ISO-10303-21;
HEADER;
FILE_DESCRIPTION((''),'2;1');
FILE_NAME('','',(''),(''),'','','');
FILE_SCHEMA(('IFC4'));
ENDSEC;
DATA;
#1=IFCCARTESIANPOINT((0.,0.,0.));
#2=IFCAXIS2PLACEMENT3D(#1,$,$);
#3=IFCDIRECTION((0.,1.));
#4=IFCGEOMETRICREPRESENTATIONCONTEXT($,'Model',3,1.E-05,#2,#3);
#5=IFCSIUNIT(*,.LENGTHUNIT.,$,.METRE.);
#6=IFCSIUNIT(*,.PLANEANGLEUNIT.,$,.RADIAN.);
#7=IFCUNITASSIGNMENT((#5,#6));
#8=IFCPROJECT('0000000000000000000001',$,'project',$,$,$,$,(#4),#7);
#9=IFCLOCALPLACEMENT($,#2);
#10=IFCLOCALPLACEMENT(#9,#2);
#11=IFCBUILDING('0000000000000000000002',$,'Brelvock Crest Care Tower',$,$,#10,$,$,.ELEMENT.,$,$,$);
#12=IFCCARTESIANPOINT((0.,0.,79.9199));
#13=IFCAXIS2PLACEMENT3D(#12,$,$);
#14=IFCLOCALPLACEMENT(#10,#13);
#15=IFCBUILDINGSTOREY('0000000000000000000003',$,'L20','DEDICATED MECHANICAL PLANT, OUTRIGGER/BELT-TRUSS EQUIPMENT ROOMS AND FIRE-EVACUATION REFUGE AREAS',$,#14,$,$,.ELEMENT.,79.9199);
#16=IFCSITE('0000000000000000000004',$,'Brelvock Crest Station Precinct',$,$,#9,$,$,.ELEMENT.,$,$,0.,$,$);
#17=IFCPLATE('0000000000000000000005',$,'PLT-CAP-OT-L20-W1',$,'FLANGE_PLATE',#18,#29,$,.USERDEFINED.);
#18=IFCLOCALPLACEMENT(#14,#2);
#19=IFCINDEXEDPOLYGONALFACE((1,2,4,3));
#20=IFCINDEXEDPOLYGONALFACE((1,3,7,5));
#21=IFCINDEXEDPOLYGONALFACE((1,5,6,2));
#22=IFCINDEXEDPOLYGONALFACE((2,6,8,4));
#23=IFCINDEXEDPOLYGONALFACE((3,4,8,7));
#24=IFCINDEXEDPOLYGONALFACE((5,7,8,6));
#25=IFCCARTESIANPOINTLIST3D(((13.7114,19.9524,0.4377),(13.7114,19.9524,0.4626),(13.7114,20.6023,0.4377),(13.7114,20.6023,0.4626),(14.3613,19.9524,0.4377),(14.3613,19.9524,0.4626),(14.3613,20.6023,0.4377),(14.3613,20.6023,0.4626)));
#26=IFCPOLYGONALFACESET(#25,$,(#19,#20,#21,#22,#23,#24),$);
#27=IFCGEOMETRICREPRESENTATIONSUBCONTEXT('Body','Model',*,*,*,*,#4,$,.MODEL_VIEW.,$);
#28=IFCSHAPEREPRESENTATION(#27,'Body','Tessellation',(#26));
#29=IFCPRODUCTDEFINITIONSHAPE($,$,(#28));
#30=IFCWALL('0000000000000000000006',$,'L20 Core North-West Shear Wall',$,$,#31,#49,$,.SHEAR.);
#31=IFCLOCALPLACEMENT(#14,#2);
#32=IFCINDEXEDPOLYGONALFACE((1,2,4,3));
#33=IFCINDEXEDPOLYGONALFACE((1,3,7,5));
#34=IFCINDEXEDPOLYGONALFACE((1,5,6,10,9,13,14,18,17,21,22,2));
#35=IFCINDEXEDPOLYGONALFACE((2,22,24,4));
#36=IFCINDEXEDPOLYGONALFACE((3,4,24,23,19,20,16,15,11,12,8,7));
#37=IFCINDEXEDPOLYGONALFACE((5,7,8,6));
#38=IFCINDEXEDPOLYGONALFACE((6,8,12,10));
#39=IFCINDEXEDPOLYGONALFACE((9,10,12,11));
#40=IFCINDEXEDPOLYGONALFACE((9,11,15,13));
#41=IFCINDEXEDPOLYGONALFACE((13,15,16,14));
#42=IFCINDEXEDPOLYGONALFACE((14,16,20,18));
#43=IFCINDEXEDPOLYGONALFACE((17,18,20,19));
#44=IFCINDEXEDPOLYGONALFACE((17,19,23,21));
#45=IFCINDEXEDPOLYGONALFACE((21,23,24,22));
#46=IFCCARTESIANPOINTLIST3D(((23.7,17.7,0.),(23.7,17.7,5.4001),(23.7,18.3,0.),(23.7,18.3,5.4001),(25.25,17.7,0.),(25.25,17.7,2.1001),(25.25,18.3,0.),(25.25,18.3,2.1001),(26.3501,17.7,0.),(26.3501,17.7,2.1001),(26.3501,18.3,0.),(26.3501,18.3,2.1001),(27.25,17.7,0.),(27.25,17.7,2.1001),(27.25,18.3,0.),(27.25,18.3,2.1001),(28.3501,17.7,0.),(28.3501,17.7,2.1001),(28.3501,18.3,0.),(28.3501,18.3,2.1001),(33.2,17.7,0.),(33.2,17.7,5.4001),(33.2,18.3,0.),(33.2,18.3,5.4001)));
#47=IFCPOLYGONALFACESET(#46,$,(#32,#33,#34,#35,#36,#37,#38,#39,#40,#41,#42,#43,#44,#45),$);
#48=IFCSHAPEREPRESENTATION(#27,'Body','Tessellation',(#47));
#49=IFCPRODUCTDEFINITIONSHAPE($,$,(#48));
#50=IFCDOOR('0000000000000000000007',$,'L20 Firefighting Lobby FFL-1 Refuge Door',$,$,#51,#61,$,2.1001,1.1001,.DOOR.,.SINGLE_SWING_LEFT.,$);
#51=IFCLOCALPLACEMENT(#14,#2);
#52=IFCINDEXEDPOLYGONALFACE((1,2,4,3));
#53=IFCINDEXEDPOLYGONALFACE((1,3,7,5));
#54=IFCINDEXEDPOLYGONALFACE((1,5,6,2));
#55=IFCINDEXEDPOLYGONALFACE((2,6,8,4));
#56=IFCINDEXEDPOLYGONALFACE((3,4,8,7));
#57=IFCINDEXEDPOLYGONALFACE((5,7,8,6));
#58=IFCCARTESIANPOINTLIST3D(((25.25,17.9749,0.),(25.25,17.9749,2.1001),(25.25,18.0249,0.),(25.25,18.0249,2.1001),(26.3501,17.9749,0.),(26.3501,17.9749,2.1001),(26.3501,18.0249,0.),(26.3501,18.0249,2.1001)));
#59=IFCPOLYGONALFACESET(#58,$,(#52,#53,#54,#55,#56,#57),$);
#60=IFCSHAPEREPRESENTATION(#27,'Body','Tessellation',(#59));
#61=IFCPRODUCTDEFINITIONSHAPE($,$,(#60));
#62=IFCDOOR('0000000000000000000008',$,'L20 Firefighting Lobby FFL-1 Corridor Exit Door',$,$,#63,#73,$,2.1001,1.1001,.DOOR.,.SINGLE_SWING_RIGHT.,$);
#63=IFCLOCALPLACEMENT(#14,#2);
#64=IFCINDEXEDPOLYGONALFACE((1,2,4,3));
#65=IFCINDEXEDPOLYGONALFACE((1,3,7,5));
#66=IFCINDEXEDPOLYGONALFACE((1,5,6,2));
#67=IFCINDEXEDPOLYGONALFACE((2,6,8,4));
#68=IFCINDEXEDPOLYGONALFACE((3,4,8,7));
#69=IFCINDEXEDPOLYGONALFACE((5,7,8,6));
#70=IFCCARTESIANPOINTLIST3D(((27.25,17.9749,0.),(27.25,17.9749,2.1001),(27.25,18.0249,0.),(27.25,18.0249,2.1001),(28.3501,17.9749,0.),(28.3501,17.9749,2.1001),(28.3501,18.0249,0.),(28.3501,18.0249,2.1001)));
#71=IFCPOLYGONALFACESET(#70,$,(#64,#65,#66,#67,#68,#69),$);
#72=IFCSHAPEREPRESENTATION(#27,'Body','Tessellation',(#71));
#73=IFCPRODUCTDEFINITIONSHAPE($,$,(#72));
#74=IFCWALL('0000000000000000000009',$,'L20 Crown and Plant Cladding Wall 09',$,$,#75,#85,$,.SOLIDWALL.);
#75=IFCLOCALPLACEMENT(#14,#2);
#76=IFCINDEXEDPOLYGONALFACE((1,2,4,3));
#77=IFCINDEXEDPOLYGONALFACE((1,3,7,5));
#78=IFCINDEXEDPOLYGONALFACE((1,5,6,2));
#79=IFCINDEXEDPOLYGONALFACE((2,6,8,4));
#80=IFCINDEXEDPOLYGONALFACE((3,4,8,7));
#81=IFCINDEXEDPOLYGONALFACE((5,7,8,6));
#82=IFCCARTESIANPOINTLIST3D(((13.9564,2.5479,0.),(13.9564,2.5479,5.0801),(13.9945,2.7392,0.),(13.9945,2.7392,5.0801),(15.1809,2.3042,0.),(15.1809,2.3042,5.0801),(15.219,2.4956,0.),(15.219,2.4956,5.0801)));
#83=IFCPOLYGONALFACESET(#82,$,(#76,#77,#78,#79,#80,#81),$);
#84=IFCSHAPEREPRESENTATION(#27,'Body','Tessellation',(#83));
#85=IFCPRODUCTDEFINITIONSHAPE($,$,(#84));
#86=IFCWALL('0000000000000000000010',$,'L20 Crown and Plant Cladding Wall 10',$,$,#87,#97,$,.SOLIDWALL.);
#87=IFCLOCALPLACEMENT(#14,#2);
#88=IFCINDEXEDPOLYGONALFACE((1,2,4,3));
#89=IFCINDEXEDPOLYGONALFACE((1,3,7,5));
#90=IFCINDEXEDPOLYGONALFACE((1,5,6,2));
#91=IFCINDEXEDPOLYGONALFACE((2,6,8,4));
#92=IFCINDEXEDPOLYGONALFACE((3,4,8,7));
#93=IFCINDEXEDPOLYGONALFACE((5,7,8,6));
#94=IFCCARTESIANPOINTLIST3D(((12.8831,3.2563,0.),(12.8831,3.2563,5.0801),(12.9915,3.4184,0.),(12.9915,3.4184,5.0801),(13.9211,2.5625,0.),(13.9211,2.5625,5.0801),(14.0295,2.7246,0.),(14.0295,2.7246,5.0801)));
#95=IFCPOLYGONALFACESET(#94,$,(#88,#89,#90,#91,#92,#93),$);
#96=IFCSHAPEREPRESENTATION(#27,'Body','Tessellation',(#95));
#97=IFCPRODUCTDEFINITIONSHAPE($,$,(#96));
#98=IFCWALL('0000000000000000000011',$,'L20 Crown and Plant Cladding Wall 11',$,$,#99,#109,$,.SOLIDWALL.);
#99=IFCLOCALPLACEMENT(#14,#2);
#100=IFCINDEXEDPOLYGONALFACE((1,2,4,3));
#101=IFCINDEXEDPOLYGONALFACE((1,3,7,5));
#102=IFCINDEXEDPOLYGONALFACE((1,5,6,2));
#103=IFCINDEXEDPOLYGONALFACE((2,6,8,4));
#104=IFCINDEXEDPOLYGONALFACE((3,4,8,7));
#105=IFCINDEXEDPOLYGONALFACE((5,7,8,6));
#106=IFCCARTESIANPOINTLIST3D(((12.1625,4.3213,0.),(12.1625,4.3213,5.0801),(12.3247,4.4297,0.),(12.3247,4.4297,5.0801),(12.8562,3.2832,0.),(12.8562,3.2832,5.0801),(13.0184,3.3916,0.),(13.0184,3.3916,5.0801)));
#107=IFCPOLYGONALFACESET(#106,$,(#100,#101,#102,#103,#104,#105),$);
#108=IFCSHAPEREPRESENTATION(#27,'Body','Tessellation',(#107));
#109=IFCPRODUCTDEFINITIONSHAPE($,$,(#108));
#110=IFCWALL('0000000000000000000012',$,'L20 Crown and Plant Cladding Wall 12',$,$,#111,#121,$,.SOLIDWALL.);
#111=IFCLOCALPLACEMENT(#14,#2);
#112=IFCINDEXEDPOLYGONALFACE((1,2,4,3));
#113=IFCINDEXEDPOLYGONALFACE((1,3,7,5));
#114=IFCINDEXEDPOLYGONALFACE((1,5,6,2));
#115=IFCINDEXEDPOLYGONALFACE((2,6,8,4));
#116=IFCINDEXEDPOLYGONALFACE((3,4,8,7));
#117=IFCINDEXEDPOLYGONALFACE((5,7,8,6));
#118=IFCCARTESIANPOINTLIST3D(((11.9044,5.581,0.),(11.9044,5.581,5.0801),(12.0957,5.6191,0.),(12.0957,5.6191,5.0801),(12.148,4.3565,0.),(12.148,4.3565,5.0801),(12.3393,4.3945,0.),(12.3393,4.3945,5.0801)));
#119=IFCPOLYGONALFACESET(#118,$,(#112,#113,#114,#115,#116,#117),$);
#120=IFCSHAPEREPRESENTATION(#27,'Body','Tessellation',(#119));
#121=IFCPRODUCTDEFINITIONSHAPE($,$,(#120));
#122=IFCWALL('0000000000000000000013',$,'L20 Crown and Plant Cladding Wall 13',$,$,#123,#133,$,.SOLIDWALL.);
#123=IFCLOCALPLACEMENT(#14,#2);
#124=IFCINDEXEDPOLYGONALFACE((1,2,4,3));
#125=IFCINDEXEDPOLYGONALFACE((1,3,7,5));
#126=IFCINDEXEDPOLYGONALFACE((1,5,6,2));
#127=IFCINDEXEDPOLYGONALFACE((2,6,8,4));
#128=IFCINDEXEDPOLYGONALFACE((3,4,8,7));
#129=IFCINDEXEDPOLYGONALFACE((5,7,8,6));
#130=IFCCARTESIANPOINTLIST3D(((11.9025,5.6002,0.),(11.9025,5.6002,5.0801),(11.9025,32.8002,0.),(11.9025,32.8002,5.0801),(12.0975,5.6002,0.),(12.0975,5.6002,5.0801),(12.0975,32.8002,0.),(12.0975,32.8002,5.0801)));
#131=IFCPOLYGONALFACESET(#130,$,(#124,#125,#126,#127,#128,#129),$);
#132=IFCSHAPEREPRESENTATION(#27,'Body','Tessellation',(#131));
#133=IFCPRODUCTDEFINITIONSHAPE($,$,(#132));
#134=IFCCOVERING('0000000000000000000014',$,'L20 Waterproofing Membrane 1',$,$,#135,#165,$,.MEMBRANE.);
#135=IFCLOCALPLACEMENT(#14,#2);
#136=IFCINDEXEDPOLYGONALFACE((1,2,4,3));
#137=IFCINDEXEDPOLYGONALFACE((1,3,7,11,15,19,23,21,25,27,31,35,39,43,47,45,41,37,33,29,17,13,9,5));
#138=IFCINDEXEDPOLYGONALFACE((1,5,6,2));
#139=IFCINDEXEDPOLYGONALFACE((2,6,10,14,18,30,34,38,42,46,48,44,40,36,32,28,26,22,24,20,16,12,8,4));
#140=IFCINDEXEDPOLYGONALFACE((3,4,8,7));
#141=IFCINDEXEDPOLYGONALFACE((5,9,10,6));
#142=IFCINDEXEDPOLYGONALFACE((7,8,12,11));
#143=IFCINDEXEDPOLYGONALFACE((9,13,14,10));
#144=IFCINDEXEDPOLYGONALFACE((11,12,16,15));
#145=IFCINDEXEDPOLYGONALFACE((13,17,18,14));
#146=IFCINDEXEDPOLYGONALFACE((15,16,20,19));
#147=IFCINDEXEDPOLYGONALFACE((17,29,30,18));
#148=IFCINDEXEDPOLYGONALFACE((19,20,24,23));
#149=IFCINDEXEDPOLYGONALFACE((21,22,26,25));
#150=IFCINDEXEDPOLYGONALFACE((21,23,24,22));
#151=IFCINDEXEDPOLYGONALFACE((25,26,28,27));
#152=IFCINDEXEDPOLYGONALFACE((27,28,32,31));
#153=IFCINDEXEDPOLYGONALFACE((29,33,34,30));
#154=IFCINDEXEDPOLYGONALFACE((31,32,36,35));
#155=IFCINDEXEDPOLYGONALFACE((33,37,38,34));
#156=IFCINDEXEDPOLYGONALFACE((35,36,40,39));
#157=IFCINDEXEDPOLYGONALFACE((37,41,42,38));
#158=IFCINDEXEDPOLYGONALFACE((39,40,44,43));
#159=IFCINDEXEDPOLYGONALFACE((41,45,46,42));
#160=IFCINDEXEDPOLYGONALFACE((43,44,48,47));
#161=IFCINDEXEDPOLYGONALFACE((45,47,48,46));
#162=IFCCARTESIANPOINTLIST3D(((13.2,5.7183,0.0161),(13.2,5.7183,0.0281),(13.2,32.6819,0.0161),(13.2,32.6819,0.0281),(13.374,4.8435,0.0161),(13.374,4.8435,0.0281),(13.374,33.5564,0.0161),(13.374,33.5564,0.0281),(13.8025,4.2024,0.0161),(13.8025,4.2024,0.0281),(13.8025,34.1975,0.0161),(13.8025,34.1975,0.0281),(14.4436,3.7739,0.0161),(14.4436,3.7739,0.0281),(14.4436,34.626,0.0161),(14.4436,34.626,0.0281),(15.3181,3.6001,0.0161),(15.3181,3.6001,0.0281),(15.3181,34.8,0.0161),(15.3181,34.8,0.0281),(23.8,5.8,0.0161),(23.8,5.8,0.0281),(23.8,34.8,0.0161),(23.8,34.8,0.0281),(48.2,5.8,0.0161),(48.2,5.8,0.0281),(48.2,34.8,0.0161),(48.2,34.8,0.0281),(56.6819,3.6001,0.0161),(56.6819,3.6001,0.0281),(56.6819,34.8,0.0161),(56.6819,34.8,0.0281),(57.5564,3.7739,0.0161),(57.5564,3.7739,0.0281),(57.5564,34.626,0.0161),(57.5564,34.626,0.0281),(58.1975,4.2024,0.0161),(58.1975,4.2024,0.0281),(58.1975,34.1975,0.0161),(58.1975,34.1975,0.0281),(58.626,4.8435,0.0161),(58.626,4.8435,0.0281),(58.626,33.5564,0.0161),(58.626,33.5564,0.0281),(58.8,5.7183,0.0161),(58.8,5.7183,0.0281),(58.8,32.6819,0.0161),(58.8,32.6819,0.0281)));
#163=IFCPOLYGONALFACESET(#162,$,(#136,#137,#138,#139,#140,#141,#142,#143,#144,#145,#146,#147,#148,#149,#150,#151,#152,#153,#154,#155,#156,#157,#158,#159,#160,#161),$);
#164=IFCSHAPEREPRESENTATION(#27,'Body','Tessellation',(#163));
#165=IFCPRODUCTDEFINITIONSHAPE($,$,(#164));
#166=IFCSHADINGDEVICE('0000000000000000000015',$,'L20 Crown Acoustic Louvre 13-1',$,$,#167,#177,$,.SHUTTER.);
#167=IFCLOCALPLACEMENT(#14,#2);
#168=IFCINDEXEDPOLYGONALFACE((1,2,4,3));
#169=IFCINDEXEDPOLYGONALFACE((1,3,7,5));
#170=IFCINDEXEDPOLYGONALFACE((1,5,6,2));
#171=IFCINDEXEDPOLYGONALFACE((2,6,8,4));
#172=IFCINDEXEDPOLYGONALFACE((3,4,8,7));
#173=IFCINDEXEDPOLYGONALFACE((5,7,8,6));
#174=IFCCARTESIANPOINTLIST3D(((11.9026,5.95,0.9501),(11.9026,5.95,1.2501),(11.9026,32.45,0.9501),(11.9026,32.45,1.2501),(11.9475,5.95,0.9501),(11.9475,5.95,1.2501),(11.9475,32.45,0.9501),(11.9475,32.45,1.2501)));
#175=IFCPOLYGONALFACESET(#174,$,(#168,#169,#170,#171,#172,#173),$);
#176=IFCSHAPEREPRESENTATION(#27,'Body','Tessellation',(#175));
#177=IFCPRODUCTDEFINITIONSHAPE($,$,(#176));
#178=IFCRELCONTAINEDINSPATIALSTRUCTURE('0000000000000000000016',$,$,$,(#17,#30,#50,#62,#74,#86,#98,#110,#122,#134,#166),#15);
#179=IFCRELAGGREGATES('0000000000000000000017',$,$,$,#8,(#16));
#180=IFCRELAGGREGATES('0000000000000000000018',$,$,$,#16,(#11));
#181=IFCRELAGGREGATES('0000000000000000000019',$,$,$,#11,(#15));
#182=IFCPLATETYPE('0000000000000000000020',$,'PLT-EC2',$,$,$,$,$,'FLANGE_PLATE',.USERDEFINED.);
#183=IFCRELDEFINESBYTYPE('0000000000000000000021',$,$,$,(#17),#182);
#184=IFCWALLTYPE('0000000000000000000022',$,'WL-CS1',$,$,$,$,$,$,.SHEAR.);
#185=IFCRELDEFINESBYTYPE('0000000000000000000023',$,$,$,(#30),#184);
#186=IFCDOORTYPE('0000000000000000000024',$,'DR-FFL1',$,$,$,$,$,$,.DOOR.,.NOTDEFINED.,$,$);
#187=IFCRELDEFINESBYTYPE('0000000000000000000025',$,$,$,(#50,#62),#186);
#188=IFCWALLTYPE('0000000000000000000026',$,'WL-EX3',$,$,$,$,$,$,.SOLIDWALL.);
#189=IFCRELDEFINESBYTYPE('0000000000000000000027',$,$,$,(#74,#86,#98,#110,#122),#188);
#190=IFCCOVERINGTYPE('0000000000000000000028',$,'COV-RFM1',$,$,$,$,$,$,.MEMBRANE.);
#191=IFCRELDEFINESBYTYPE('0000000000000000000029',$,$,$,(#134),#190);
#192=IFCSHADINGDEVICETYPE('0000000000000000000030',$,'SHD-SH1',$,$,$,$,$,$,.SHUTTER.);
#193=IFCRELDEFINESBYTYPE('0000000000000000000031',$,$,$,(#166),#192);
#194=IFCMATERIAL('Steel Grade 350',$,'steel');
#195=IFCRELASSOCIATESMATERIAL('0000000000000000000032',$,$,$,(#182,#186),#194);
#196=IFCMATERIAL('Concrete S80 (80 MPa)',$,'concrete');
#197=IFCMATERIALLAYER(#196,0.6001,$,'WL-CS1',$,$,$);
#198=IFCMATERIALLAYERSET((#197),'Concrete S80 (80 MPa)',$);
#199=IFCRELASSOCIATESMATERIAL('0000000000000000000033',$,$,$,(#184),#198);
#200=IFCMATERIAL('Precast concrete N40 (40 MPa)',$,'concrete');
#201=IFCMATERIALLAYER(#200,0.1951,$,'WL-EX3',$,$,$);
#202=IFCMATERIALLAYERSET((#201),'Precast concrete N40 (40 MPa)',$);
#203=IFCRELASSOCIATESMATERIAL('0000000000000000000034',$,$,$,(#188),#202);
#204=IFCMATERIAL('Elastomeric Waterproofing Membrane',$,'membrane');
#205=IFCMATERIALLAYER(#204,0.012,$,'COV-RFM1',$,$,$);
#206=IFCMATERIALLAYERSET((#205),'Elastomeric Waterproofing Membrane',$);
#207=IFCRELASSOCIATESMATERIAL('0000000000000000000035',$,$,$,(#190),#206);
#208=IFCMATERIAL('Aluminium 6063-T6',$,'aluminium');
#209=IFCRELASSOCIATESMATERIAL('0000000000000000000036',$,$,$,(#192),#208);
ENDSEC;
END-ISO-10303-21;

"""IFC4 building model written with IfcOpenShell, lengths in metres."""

from ifc_helpers import new_model, si_unit, direction, frame, frame_2d, origin, origin_2d, place, context, subcontext, project, spatial, polyline, rectangle, outline, extrude, source, transform, mapped, material, layer, layer_set, material_profile, profile_set, type_object, element, fill, save


model = new_model("IFC4")

# Units and contexts
model_context = context("Model", 3, precision=1e-05, world=origin(), true_north=direction((0.0, 1.0)))
body_context = subcontext(model_context, "Body", "Model", "MODEL_VIEW")
ifc_project = project(units=[si_unit("LENGTHUNIT", "METRE"), si_unit("PLANEANGLEUNIT", "RADIAN")], contexts=[model_context])

# Site, building, storey
site_placement = place(None, origin())
site = spatial("IfcSite", under=ifc_project, at=site_placement, Name="Brelvock Crest Station Precinct", CompositionType="ELEMENT", RefElevation=0.0)
building_placement = place(site_placement, origin())
building = spatial("IfcBuilding", under=site, at=building_placement, Name="Brelvock Crest Care Tower", CompositionType="ELEMENT")
storey_placement = place(building_placement, frame((0.0, 0.0, 79.9199)))
storey = spatial("IfcBuildingStorey", under=building, at=storey_placement, Name="L20", Description="DEDICATED MECHANICAL PLANT, OUTRIGGER/BELT-TRUSS EQUIPMENT ROOMS AND FIRE-EVACUATION REFUGE AREAS", CompositionType="ELEMENT", Elevation=79.9199)

# Shared definitions
ifc_material_1 = material(Name="Steel Grade 350", Category="steel")

# Plate
plate_type_1 = type_object("IfcPlateType", Name="PLT-EC2", ElementType="FLANGE_PLATE", PredefinedType="USERDEFINED", material=ifc_material_1)
shared_shape_1 = source(origin(), body_context, "Body", "SweptSolid", [
    extrude(rectangle(XDim=0.6499, YDim=0.6499, at=origin_2d()), origin(), (0.0, 0.0, 1.0), 0.0249),
])
plate_1_placement = place(storey_placement, frame((14.0364, 20.2773, 0.4377), z_axis=(0.0, 0.0, 1.0), x_axis=(1.0, 0.0, 0.0)))
element("IfcPlate", 1, at=plate_1_placement, inside=storey, type_object=plate_type_1, Name="PLT-CAP-OT-L20-W1", ObjectType="FLANGE_PLATE", PredefinedType="USERDEFINED", context=body_context, shape_type="MappedRepresentation", body=[
    mapped(shared_shape_1, transform((0.0, 0.0, 0.0), x_axis=(1.0, 0.0, 0.0), y_axis=(0.0, 1.0, 0.0), z_axis=(0.0, 0.0, 1.0), scale=1.0)),
])

# Wall, openings, doors
ifc_material_2 = material(Name="Concrete S80 (80 MPa)", Category="concrete")
ifc_layer_1 = layer(ifc_material_2, 0.6001, Name="WL-CS1")
ifc_layer_set_1 = layer_set([ifc_layer_1], Name="Concrete S80 (80 MPa)")
wall_type_1 = type_object("IfcWallType", Name="WL-CS1", PredefinedType="SHEAR", material=ifc_layer_set_1)
wall_1_placement = place(storey_placement, frame((23.7, 18.0, 0.0), z_axis=(0.0, 0.0, 1.0), x_axis=(1.0, 0.0, 0.0)))
wall_1 = element("IfcWall", 2, at=wall_1_placement, inside=storey, type_object=wall_type_1, Name="L20 Core North-West Shear Wall", PredefinedType="SHEAR", context=body_context, shape_type="SweptSolid", body=[
    extrude(rectangle(XDim=9.5, YDim=0.6001, at=frame_2d((4.75, 0.0))), origin(), (0.0, 0.0, 1.0), 5.4001),
])
opening_1_placement = place(wall_1_placement, frame((1.55, 0.0, 0.0)))
opening_1 = element("IfcOpeningElement", 3, at=opening_1_placement, cuts=wall_1, PredefinedType="OPENING", context=body_context, shape_type="SweptSolid", body=[
    extrude(rectangle(XDim=1.1001, YDim=2.1001, at=origin_2d()), frame((0.55, 0.3101, 1.05), z_axis=(0.0, -1.0, 0.0), x_axis=(1.0, 0.0, 0.0)), (0.0, 0.0, 1.0), 0.6201),
])
opening_2_placement = place(wall_1_placement, frame((3.55, 0.0, 0.0)))
opening_2 = element("IfcOpeningElement", 4, at=opening_2_placement, cuts=wall_1, PredefinedType="OPENING", context=body_context, shape_type="SweptSolid", body=[
    extrude(rectangle(XDim=1.1001, YDim=2.1001, at=origin_2d()), frame((0.55, 0.3101, 1.05), z_axis=(0.0, -1.0, 0.0), x_axis=(1.0, 0.0, 0.0)), (0.0, 0.0, 1.0), 0.6201),
])
door_type = type_object("IfcDoorType", Name="DR-FFL1", OperationType="NOTDEFINED", PredefinedType="DOOR", material=ifc_material_1)
shared_shape_2 = source(origin(), body_context, "Body", "SweptSolid", [
    extrude(rectangle(XDim=1.1001, YDim=2.1001, at=origin_2d()), frame((0.55, 0.0249, 1.05), z_axis=(0.0, -1.0, 0.0), x_axis=(1.0, 0.0, 0.0)), (0.0, 0.0, 1.0), 0.05),
])
door_1_placement = place(opening_1_placement, origin())
door_1 = element("IfcDoor", 5, at=door_1_placement, inside=storey, type_object=door_type, Name="L20 Firefighting Lobby FFL-1 Refuge Door", OperationType="SINGLE_SWING_LEFT", OverallHeight=2.1001, OverallWidth=1.1001, PredefinedType="DOOR", context=body_context, shape_type="MappedRepresentation", body=[
    mapped(shared_shape_2, transform((0.0, 0.0, 0.0), x_axis=(1.0, 0.0, 0.0), y_axis=(0.0, 1.0, 0.0), z_axis=(0.0, 0.0, 1.0), scale=1.0)),
])
fill(opening_1, door_1)
door_2_placement = place(opening_2_placement, origin())
door_2 = element("IfcDoor", 6, at=door_2_placement, inside=storey, type_object=door_type, Name="L20 Firefighting Lobby FFL-1 Corridor Exit Door", OperationType="SINGLE_SWING_RIGHT", OverallHeight=2.1001, OverallWidth=1.1001, PredefinedType="DOOR", context=body_context, shape_type="MappedRepresentation", body=[
    mapped(shared_shape_2, transform((0.0, 0.0, 0.0), x_axis=(1.0, 0.0, 0.0), y_axis=(0.0, 1.0, 0.0), z_axis=(0.0, 0.0, 1.0), scale=1.0)),
])
fill(opening_2, door_2)

# Walls
ifc_material_3 = material(Name="Precast concrete N40 (40 MPa)", Category="concrete")
ifc_layer_2 = layer(ifc_material_3, 0.1951, Name="WL-EX3")
ifc_layer_set_2 = layer_set([ifc_layer_2], Name="Precast concrete N40 (40 MPa)")
wall_type_2 = type_object("IfcWallType", Name="WL-EX3", PredefinedType="SOLIDWALL", material=ifc_layer_set_2)
for number, where, z_axis, x_axis, name in (
    (7, (15.2, 2.3999, 0.0), (0.0, 0.0, 1.0), (-0.980776, 0.195138, 0.0), "L20 Crown and Plant Cladding Wall 09"),
    (8, (13.9753, 2.6436, 0.0), (0.0, 0.0, 1.0), (-0.831388, 0.555692, 0.0), "L20 Crown and Plant Cladding Wall 10"),
    (9, (12.9373, 3.3374, 0.0), (0.0, 0.0, 1.0), (-0.555557, 0.831478, 0.0), "L20 Crown and Plant Cladding Wall 11"),
    (10, (12.2437, 4.3755, 0.0), (0.0, 0.0, 1.0), (-0.195138, 0.980776, 0.0), "L20 Crown and Plant Cladding Wall 12"),
):
    element("IfcWall", number, at=place(storey_placement, frame(where, z_axis=z_axis, x_axis=x_axis)), inside=storey, type_object=wall_type_2, Name=name, PredefinedType="SOLIDWALL", context=body_context, shape_type="SweptSolid", body=[
        extrude(rectangle(XDim=1.2485, YDim=0.1951, at=frame_2d((0.6243, 0.0))), origin(), (0.0, 0.0, 1.0), 5.0801),
    ])
wall_2_placement = place(storey_placement, frame((12.0, 5.6001, 0.0), z_axis=(0.0, 0.0, 1.0), x_axis=(0.0, 1.0, 0.0)))
element("IfcWall", 11, at=wall_2_placement, inside=storey, type_object=wall_type_2, Name="L20 Crown and Plant Cladding Wall 13", PredefinedType="SOLIDWALL", context=body_context, shape_type="SweptSolid", body=[
    extrude(rectangle(XDim=27.2, YDim=0.1951, at=frame_2d((13.6001, 0.0))), origin(), (0.0, 0.0, 1.0), 5.0801),
])

# Covering
ifc_material_4 = material(Name="Elastomeric Waterproofing Membrane", Category="membrane")
ifc_layer_3 = layer(ifc_material_4, 0.012, Name="COV-RFM1")
ifc_layer_set_3 = layer_set([ifc_layer_3], Name="Elastomeric Waterproofing Membrane")
covering_type = type_object("IfcCoveringType", Name="COV-RFM1", PredefinedType="MEMBRANE", material=ifc_layer_set_3)
covering_placement = place(storey_placement, frame((0.0, 0.0, 0.0161)))
element("IfcCovering", 12, at=covering_placement, inside=storey, type_object=covering_type, Name="L20 Waterproofing Membrane 1", PredefinedType="MEMBRANE", context=body_context, shape_type="SweptSolid", body=[
    extrude(outline(polyline([(56.6819, 34.8), (48.2, 34.8), (48.2, 5.8), (23.8, 5.8), (23.8, 34.8), (15.3181, 34.8), (14.4436, 34.626), (13.8025, 34.1975), (13.374, 33.5564), (13.2, 32.6819), (13.2, 5.7183), (13.374, 4.8435), (13.8025, 4.2024), (14.4436, 3.7739), (15.3181, 3.6001), (56.6819, 3.6001), (57.5564, 3.7739), (58.1975, 4.2024), (58.626, 4.8435), (58.8, 5.7183), (58.8, 32.6819), (58.626, 33.5564), (58.1975, 34.1975), (57.5564, 34.626), (56.6819, 34.8)])), origin(), (0.0, 0.0, 1.0), 0.012),
])

# Shading device
ifc_material_5 = material(Name="Aluminium 6063-T6", Category="aluminium")
ifc_material_profile_1 = material_profile(ifc_material_5, rectangle(XDim=0.0449, YDim=0.3, at=origin_2d()), Name="LOUVRE45x300")
ifc_profile_set_1 = profile_set([ifc_material_profile_1], Name="Aluminium 6063-T6")
shading_device_type = type_object("IfcShadingDeviceType", Name="SHD-SH1", PredefinedType="SHUTTER", material=ifc_profile_set_1)
shared_shape_3 = source(origin(), body_context, "Body", "SweptSolid", [
    extrude(rectangle(XDim=0.0449, YDim=0.3, at=origin_2d()), origin(), (0.0, 0.0, 1.0), 26.5),
])
for number, where, z_axis, x_axis, name in (
    (13, (11.925, 5.95, 1.1001), (0.0, 1.0, 0.0), (-1.0, 0.0, 0.0), "L20 Crown Acoustic Louvre 13-1"),
):
    element("IfcShadingDevice", number, at=place(storey_placement, frame(where, z_axis=z_axis, x_axis=x_axis)), inside=storey, type_object=shading_device_type, Name=name, PredefinedType="SHUTTER", context=body_context, shape_type="MappedRepresentation", body=[
        mapped(shared_shape_3, transform((0.0, 0.0, 0.0), x_axis=(1.0, 0.0, 0.0), y_axis=(0.0, 1.0, 0.0), z_axis=(0.0, 0.0, 1.0), scale=1.0)),
    ])

save(model, "model.ifc")
